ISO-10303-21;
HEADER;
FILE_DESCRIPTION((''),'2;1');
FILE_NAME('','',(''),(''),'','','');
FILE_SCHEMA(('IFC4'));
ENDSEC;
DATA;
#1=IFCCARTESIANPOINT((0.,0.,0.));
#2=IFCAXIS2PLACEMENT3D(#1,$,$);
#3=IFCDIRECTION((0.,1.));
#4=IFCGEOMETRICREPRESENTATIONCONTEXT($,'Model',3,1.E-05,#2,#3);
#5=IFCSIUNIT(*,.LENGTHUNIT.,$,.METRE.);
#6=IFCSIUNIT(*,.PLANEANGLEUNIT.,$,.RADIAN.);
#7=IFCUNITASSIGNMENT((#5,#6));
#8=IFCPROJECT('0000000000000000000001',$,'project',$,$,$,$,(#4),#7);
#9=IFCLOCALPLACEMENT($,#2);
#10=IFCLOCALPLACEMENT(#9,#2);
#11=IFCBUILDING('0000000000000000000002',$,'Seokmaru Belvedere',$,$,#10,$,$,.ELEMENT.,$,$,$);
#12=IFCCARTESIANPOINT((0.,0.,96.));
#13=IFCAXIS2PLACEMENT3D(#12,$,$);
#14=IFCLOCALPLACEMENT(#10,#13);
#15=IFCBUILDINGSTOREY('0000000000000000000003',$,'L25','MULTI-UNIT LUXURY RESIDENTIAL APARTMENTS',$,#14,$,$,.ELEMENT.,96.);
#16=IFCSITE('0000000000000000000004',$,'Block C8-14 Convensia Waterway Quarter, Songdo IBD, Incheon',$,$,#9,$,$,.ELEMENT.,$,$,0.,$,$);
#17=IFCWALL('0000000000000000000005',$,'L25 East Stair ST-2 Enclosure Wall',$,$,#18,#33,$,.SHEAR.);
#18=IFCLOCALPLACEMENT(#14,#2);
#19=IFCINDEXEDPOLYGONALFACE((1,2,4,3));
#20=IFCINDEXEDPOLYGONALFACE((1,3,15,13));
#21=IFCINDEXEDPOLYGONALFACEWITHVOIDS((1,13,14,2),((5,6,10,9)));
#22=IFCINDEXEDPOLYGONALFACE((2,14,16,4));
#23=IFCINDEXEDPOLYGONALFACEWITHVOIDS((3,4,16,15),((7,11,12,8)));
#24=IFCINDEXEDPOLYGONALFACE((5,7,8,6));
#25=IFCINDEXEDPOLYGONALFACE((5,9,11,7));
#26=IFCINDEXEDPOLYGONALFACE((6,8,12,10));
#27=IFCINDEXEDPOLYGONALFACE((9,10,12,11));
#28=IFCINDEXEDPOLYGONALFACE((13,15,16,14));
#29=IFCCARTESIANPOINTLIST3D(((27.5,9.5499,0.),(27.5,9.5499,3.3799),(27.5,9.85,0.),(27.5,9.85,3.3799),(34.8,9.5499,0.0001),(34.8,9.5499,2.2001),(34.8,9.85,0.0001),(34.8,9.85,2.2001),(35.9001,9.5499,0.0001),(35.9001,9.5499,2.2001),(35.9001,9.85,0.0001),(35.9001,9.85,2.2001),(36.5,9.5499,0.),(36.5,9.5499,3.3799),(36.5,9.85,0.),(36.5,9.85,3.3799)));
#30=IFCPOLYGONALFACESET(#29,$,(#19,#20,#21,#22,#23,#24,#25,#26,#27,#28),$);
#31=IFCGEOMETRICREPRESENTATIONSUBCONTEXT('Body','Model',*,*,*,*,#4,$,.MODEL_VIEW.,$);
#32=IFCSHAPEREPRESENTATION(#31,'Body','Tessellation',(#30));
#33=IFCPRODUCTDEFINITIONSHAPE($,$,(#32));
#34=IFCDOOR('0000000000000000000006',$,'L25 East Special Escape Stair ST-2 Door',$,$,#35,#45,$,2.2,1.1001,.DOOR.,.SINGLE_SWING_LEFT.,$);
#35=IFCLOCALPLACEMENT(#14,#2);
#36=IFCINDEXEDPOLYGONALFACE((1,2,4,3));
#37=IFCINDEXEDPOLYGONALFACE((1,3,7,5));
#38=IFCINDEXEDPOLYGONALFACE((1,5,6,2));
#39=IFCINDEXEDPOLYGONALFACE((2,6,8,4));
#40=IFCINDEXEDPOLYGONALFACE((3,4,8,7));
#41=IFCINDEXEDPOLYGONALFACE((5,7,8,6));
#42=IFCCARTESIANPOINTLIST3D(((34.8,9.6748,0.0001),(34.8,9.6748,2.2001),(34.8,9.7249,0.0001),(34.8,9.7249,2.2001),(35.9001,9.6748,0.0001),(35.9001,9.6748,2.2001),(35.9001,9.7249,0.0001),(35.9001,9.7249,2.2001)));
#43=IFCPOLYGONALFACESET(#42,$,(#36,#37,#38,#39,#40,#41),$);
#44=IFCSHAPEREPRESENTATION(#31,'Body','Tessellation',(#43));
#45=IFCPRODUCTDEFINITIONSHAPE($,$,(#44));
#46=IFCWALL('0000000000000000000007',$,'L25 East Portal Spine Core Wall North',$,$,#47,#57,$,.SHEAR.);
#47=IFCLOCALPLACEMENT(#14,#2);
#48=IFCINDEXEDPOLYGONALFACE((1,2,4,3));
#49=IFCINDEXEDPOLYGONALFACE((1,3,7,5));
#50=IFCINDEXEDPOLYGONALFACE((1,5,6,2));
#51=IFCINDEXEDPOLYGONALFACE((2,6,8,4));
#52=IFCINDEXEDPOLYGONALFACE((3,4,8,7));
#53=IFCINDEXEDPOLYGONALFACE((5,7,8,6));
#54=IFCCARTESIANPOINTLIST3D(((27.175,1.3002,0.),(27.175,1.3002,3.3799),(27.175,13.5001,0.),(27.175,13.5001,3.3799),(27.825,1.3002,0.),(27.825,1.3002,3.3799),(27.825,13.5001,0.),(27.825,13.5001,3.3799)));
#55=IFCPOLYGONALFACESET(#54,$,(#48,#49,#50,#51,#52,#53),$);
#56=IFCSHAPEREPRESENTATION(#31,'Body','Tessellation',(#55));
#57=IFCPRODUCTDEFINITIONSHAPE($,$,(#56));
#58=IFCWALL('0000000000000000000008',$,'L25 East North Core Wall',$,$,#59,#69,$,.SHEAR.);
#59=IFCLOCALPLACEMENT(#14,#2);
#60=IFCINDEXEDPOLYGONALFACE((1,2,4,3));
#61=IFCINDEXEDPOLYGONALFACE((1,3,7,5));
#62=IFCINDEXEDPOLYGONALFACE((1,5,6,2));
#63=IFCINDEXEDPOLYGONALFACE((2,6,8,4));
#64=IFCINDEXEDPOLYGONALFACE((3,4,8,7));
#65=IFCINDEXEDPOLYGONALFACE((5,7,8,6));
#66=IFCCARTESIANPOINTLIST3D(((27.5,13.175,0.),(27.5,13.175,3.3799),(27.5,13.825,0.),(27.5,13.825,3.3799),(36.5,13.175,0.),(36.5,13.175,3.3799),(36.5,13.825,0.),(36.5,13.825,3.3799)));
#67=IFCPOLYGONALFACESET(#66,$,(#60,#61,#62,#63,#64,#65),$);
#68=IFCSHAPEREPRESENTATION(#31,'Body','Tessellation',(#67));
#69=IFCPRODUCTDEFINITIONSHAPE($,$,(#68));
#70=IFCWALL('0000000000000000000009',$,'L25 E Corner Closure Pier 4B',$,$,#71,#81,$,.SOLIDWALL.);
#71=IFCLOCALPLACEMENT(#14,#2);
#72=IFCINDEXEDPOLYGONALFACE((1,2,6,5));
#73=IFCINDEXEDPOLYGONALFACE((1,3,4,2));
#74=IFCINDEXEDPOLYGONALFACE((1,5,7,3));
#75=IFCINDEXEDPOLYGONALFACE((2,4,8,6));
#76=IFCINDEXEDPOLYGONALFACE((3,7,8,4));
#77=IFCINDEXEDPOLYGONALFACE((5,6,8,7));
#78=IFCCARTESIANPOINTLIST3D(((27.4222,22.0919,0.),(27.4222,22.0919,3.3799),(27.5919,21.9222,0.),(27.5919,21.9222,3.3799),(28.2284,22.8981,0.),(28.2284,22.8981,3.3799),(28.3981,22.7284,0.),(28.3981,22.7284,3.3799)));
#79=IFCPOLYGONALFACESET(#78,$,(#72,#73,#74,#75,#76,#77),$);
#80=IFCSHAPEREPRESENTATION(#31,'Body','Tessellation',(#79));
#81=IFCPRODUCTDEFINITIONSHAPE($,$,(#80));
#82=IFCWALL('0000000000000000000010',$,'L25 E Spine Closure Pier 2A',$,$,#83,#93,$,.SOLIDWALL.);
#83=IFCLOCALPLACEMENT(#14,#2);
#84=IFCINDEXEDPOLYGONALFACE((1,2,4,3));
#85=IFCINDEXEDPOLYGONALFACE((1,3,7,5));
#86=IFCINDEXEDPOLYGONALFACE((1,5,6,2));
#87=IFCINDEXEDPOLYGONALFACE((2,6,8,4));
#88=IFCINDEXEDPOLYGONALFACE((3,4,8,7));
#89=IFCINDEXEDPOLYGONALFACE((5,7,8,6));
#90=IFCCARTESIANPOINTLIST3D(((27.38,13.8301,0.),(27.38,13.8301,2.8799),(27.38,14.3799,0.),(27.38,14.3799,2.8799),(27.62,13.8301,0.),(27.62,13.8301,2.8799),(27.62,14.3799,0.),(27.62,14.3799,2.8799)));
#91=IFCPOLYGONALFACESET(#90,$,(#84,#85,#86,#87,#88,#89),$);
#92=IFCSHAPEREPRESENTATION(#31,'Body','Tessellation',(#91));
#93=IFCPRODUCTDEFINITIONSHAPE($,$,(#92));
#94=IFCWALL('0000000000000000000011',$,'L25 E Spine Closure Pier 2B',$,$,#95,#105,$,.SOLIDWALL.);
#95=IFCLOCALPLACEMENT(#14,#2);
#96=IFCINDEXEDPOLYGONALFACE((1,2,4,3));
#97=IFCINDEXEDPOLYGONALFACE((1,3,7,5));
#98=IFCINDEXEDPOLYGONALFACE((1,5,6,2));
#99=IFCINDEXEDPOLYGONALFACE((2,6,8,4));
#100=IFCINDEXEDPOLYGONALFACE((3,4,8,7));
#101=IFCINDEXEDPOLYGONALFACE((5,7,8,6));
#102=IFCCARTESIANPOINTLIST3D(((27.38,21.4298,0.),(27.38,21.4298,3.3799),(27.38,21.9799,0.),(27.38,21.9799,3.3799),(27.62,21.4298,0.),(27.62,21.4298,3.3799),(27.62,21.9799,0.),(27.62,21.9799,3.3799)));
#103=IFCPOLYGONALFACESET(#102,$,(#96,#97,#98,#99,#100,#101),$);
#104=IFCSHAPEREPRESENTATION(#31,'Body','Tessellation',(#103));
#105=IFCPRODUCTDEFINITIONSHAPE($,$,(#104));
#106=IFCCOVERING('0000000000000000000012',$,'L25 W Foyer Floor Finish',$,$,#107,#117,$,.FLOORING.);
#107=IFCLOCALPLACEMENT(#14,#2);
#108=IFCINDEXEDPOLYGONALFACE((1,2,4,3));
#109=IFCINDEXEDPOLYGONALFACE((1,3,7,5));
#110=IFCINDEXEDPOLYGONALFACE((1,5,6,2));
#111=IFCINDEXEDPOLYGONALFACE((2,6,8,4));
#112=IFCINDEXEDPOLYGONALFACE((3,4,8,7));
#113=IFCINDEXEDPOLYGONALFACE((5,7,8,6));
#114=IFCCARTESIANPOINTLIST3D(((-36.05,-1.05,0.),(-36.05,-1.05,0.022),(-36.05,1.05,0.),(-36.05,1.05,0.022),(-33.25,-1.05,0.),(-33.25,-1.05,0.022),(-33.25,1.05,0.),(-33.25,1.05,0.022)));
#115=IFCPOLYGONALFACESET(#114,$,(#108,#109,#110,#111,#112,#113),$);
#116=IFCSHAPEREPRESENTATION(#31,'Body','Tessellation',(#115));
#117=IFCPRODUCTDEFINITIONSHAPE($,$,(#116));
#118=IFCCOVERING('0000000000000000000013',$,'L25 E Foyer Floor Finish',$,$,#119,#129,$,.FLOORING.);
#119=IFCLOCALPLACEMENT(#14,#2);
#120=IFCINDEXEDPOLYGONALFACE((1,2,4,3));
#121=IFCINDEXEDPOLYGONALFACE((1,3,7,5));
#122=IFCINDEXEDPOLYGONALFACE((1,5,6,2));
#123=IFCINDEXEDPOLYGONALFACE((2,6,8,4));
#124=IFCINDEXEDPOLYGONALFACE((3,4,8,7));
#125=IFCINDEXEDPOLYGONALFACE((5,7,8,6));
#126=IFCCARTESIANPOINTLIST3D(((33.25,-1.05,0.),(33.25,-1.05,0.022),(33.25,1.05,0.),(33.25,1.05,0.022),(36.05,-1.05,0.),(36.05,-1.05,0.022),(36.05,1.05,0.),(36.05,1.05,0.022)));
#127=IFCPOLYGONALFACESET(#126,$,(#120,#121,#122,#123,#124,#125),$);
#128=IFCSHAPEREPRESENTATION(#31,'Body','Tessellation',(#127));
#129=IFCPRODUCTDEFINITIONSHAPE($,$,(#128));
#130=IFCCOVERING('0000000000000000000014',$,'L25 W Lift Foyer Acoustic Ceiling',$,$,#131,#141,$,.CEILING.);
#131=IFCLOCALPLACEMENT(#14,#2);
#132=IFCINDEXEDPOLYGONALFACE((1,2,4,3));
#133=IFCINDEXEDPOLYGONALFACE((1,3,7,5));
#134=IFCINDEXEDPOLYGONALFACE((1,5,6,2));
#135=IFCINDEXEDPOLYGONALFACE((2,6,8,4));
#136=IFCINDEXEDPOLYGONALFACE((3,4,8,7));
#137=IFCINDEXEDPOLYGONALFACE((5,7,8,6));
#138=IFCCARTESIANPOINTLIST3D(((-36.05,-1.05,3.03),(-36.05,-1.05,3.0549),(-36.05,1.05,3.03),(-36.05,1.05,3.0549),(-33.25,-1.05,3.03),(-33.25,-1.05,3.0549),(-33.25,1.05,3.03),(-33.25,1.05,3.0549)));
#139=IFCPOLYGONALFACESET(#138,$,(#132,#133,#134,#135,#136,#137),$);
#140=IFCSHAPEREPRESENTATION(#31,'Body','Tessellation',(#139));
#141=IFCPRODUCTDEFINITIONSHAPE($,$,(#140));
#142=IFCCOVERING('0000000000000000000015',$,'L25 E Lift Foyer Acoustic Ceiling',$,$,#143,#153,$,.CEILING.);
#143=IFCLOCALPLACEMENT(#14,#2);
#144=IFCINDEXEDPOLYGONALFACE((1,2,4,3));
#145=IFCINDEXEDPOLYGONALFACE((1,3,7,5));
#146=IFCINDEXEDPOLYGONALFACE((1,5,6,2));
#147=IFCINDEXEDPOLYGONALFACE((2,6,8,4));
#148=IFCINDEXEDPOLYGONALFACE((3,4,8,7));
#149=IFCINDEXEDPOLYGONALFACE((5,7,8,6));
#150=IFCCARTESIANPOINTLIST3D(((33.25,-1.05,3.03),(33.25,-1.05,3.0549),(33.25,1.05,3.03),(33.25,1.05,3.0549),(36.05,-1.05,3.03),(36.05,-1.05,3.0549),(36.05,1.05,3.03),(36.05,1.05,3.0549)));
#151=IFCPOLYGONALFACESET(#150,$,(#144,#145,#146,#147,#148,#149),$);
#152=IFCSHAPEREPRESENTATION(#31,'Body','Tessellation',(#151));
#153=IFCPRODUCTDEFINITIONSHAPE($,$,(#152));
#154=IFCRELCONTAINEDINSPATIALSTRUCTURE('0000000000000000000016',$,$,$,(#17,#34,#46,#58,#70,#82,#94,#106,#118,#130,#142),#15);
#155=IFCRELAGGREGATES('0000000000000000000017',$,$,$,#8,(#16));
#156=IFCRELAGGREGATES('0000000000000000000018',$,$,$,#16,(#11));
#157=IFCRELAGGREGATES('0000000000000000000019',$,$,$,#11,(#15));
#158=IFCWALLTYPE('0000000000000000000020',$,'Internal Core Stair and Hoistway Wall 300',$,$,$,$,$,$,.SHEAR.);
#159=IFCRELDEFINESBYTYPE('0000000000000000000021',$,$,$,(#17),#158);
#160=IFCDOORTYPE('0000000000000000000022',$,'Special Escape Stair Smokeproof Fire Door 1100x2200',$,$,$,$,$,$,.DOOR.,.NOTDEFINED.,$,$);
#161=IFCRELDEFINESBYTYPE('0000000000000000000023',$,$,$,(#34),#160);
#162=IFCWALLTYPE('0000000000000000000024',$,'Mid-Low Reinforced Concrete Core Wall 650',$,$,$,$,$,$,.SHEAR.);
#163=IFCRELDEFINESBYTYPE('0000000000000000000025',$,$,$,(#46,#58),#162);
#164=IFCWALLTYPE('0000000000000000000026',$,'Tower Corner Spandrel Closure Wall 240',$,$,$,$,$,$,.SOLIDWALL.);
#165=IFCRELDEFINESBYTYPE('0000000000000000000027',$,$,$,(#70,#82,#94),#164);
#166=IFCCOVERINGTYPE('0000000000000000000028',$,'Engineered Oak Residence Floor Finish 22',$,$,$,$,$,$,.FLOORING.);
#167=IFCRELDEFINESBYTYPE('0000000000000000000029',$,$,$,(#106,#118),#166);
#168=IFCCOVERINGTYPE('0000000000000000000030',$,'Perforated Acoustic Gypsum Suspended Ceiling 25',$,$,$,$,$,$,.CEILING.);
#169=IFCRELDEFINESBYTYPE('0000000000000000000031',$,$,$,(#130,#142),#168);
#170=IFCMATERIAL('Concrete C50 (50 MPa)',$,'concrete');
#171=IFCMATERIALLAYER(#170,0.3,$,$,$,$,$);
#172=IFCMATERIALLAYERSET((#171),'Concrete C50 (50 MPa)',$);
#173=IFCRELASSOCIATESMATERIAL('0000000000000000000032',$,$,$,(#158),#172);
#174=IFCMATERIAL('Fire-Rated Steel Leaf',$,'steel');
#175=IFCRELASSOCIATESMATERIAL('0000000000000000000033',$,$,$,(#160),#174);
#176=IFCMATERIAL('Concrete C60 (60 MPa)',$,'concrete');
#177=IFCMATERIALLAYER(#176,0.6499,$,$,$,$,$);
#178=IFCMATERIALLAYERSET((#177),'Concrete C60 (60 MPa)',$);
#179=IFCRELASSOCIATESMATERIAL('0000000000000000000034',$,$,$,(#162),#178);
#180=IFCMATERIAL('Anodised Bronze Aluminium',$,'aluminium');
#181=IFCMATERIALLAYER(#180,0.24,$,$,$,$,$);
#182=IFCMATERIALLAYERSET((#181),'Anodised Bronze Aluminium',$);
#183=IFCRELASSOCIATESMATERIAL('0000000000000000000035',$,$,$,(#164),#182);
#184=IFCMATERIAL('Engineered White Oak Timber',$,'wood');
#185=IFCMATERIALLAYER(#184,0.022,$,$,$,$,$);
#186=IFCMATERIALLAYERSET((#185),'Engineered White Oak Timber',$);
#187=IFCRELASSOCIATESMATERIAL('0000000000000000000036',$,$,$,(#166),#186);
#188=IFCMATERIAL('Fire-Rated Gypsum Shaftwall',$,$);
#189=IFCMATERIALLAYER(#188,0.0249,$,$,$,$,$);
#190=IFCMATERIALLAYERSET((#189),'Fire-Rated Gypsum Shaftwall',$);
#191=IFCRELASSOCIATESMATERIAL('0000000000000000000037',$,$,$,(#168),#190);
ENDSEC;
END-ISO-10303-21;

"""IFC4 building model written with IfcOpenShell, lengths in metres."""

from ifc_helpers import new_model, si_unit, direction, frame, frame_2d, origin, place, context, subcontext, project, spatial, polyline, rectangle, outline, extrude, source, transform, mapped, material, layer, layer_set, type_object, type_shapes, element, fill, save


model = new_model("IFC4")

# Units and contexts
model_context = context("Model", 3, precision=1e-05, world=origin(), true_north=direction((0.0, 1.0)))
body_context = subcontext(model_context, "Body", "Model", "MODEL_VIEW")
ifc_project = project(units=[si_unit("LENGTHUNIT", "METRE"), si_unit("PLANEANGLEUNIT", "RADIAN")], contexts=[model_context])

# Site, building, storey
site_placement = place(None, origin())
site = spatial("IfcSite", under=ifc_project, at=site_placement, Name="Block C8-14 Convensia Waterway Quarter, Songdo IBD, Incheon", CompositionType="ELEMENT", RefElevation=0.0)
building_placement = place(site_placement, origin())
building = spatial("IfcBuilding", under=site, at=building_placement, Name="Seokmaru Belvedere", CompositionType="ELEMENT")
storey_placement = place(building_placement, frame((0.0, 0.0, 96.0)))
storey = spatial("IfcBuildingStorey", under=building, at=storey_placement, Name="L25", Description="MULTI-UNIT LUXURY RESIDENTIAL APARTMENTS", CompositionType="ELEMENT", Elevation=96.0)

# Shared definitions
ifc_material_1 = material(Name="Anodised Bronze Aluminium", Category="aluminium")

# Shared definitions
ifc_material_2 = material(Name="Fire-Rated Gypsum Shaftwall")
ifc_material_3 = material(Name="Engineered White Oak Timber", Category="wood")

# Shared definitions
ifc_material_4 = material(Name="Concrete C50 (50 MPa)", Category="concrete")

# Wall, opening, door
ifc_layer_1 = layer(ifc_material_4, 0.3)
ifc_layer_set_1 = layer_set([ifc_layer_1], Name="Concrete C50 (50 MPa)")
wall_type_1 = type_object("IfcWallType", Name="Internal Core Stair and Hoistway Wall 300", PredefinedType="SHEAR", material=ifc_layer_set_1)
wall_1_placement = place(storey_placement, frame((27.5, 9.7, 0.0), z_axis=(0.0, 0.0, 1.0), x_axis=(1.0, 0.0, 0.0)))
wall_1 = element("IfcWall", 1, at=wall_1_placement, inside=storey, type_object=wall_type_1, Name="L25 East Stair ST-2 Enclosure Wall", PredefinedType="SHEAR", context=body_context, shape_type="SweptSolid", body=[
    extrude(rectangle(XDim=9.0, YDim=0.3, at=frame_2d((4.5, 0.0))), origin(), (0.0, 0.0, 1.0), 3.3799),
])
opening_1_placement = place(wall_1_placement, frame((7.3, 0.0, 0.0)))
opening_1 = element("IfcOpeningElement", 2, at=opening_1_placement, cuts=wall_1, PredefinedType="OPENING", context=body_context, shape_type="SweptSolid", body=[
    extrude(rectangle(XDim=1.1001, YDim=2.2, at=frame_2d((0.55, 1.1001))), frame((0.0, 0.1602, 0.0), z_axis=(0.0, -1.0, 0.0), x_axis=(1.0, 0.0, 0.0)), (0.0, 0.0, 1.0), 0.3201),
])
ifc_material_5 = material(Name="Fire-Rated Steel Leaf", Category="steel")
door_type_1 = type_object("IfcDoorType", Name="Special Escape Stair Smokeproof Fire Door 1100x2200", OperationType="NOTDEFINED", PredefinedType="DOOR", material=ifc_material_5)
shared_shape_1 = source(origin(), body_context, "Body", "SweptSolid", [
    extrude(rectangle(XDim=1.1001, YDim=2.2, at=frame_2d((0.55, 1.1001))), frame((0.0, 0.0249, 0.0), z_axis=(0.0, -1.0, 0.0), x_axis=(1.0, 0.0, 0.0)), (0.0, 0.0, 1.0), 0.05),
])
type_shapes(door_type_1, [shared_shape_1])
door_1_placement = place(opening_1_placement, origin())
door_1 = element("IfcDoor", 3, at=door_1_placement, inside=storey, type_object=door_type_1, Name="L25 East Special Escape Stair ST-2 Door", OperationType="SINGLE_SWING_LEFT", OverallHeight=2.2, OverallWidth=1.1001, PredefinedType="DOOR", context=body_context, shape_type="MappedRepresentation", body=[
    mapped(shared_shape_1, transform((0.0, 0.0, 0.0), scale=1.0)),
])
fill(opening_1, door_1)

# Walls
ifc_material_6 = material(Name="Concrete C60 (60 MPa)", Category="concrete")
ifc_layer_2 = layer(ifc_material_6, 0.6499)
ifc_layer_set_2 = layer_set([ifc_layer_2], Name="Concrete C60 (60 MPa)")
wall_type_2 = type_object("IfcWallType", Name="Mid-Low Reinforced Concrete Core Wall 650", PredefinedType="SHEAR", material=ifc_layer_set_2)
wall_2_placement = place(storey_placement, frame((27.5, 1.3, 0.0), z_axis=(0.0, 0.0, 1.0), x_axis=(0.0, 1.0, 0.0)))
element("IfcWall", 4, at=wall_2_placement, inside=storey, type_object=wall_type_2, Name="L25 East Portal Spine Core Wall North", PredefinedType="SHEAR", context=body_context, shape_type="SweptSolid", body=[
    extrude(rectangle(XDim=12.2, YDim=0.6499, at=frame_2d((6.1001, 0.0))), origin(), (0.0, 0.0, 1.0), 3.3799),
])
wall_3_placement = place(storey_placement, frame((27.5, 13.5, 0.0), z_axis=(0.0, 0.0, 1.0), x_axis=(1.0, 0.0, 0.0)))
element("IfcWall", 5, at=wall_3_placement, inside=storey, type_object=wall_type_2, Name="L25 East North Core Wall", PredefinedType="SHEAR", context=body_context, shape_type="SweptSolid", body=[
    extrude(rectangle(XDim=9.0, YDim=0.6499, at=frame_2d((4.5, 0.0))), origin(), (0.0, 0.0, 1.0), 3.3799),
])
ifc_layer_3 = layer(ifc_material_1, 0.24)
ifc_layer_set_3 = layer_set([ifc_layer_3], Name="Anodised Bronze Aluminium")
wall_type_3 = type_object("IfcWallType", Name="Tower Corner Spandrel Closure Wall 240", PredefinedType="SOLIDWALL", material=ifc_layer_set_3)
wall_4_placement = place(storey_placement, frame((28.3132, 22.8132, 0.0), z_axis=(0.0, 0.0, 1.0), x_axis=(-0.707107, -0.707107, 0.0)))
element("IfcWall", 6, at=wall_4_placement, inside=storey, type_object=wall_type_3, Name="L25 E Corner Closure Pier 4B", PredefinedType="SOLIDWALL", context=body_context, shape_type="SweptSolid", body=[
    extrude(rectangle(XDim=1.1401, YDim=0.24, at=frame_2d((0.5701, 0.0))), origin(), (0.0, 0.0, 1.0), 3.3799),
])
wall_5_placement = place(storey_placement, frame((27.5, 13.8301, 0.0), z_axis=(0.0, 0.0, 1.0), x_axis=(0.0, 1.0, 0.0)))
element("IfcWall", 7, at=wall_5_placement, inside=storey, type_object=wall_type_3, Name="L25 E Spine Closure Pier 2A", PredefinedType="SOLIDWALL", context=body_context, shape_type="SweptSolid", body=[
    extrude(rectangle(XDim=0.5498, YDim=0.24, at=frame_2d((0.2749, 0.0))), origin(), (0.0, 0.0, 1.0), 2.8799),
])
wall_6_placement = place(storey_placement, frame((27.5, 21.4299, 0.0), z_axis=(0.0, 0.0, 1.0), x_axis=(0.0, 1.0, 0.0)))
element("IfcWall", 8, at=wall_6_placement, inside=storey, type_object=wall_type_3, Name="L25 E Spine Closure Pier 2B", PredefinedType="SOLIDWALL", context=body_context, shape_type="SweptSolid", body=[
    extrude(rectangle(XDim=0.55, YDim=0.24, at=frame_2d((0.2749, 0.0))), origin(), (0.0, 0.0, 1.0), 3.3799),
])

# Coverings
ifc_layer_4 = layer(ifc_material_3, 0.022)
ifc_layer_set_4 = layer_set([ifc_layer_4], Name="Engineered White Oak Timber")
covering_type_1 = type_object("IfcCoveringType", Name="Engineered Oak Residence Floor Finish 22", PredefinedType="FLOORING", material=ifc_layer_set_4)
covering_1_placement = place(storey_placement, origin())
element("IfcCovering", 9, at=covering_1_placement, inside=storey, type_object=covering_type_1, Name="L25 W Foyer Floor Finish", PredefinedType="FLOORING", context=body_context, shape_type="SweptSolid", body=[
    extrude(outline(polyline([(-36.05, -1.05), (-33.25, -1.05), (-33.25, 1.05), (-36.05, 1.05), (-36.05, -1.05)])), origin(), (0.0, 0.0, 1.0), 0.022),
])
covering_2_placement = place(storey_placement, origin())
element("IfcCovering", 10, at=covering_2_placement, inside=storey, type_object=covering_type_1, Name="L25 E Foyer Floor Finish", PredefinedType="FLOORING", context=body_context, shape_type="SweptSolid", body=[
    extrude(outline(polyline([(33.25, -1.05), (36.05, -1.05), (36.05, 1.05), (33.25, 1.05), (33.25, -1.05)])), origin(), (0.0, 0.0, 1.0), 0.022),
])
ifc_layer_5 = layer(ifc_material_2, 0.0249)
ifc_layer_set_5 = layer_set([ifc_layer_5], Name="Fire-Rated Gypsum Shaftwall")
covering_type_2 = type_object("IfcCoveringType", Name="Perforated Acoustic Gypsum Suspended Ceiling 25", PredefinedType="CEILING", material=ifc_layer_set_5)
covering_3_placement = place(storey_placement, frame((0.0, 0.0, 3.03)))
element("IfcCovering", 11, at=covering_3_placement, inside=storey, type_object=covering_type_2, Name="L25 W Lift Foyer Acoustic Ceiling", PredefinedType="CEILING", context=body_context, shape_type="SweptSolid", body=[
    extrude(outline(polyline([(-36.05, -1.05), (-33.25, -1.05), (-33.25, 1.05), (-36.05, 1.05), (-36.05, -1.05)])), origin(), (0.0, 0.0, 1.0), 0.0249),
])
covering_4_placement = place(storey_placement, frame((0.0, 0.0, 3.03)))
element("IfcCovering", 12, at=covering_4_placement, inside=storey, type_object=covering_type_2, Name="L25 E Lift Foyer Acoustic Ceiling", PredefinedType="CEILING", context=body_context, shape_type="SweptSolid", body=[
    extrude(outline(polyline([(33.25, -1.05), (36.05, -1.05), (36.05, 1.05), (33.25, 1.05), (33.25, -1.05)])), origin(), (0.0, 0.0, 1.0), 0.0249),
])

save(model, "model.ifc")
